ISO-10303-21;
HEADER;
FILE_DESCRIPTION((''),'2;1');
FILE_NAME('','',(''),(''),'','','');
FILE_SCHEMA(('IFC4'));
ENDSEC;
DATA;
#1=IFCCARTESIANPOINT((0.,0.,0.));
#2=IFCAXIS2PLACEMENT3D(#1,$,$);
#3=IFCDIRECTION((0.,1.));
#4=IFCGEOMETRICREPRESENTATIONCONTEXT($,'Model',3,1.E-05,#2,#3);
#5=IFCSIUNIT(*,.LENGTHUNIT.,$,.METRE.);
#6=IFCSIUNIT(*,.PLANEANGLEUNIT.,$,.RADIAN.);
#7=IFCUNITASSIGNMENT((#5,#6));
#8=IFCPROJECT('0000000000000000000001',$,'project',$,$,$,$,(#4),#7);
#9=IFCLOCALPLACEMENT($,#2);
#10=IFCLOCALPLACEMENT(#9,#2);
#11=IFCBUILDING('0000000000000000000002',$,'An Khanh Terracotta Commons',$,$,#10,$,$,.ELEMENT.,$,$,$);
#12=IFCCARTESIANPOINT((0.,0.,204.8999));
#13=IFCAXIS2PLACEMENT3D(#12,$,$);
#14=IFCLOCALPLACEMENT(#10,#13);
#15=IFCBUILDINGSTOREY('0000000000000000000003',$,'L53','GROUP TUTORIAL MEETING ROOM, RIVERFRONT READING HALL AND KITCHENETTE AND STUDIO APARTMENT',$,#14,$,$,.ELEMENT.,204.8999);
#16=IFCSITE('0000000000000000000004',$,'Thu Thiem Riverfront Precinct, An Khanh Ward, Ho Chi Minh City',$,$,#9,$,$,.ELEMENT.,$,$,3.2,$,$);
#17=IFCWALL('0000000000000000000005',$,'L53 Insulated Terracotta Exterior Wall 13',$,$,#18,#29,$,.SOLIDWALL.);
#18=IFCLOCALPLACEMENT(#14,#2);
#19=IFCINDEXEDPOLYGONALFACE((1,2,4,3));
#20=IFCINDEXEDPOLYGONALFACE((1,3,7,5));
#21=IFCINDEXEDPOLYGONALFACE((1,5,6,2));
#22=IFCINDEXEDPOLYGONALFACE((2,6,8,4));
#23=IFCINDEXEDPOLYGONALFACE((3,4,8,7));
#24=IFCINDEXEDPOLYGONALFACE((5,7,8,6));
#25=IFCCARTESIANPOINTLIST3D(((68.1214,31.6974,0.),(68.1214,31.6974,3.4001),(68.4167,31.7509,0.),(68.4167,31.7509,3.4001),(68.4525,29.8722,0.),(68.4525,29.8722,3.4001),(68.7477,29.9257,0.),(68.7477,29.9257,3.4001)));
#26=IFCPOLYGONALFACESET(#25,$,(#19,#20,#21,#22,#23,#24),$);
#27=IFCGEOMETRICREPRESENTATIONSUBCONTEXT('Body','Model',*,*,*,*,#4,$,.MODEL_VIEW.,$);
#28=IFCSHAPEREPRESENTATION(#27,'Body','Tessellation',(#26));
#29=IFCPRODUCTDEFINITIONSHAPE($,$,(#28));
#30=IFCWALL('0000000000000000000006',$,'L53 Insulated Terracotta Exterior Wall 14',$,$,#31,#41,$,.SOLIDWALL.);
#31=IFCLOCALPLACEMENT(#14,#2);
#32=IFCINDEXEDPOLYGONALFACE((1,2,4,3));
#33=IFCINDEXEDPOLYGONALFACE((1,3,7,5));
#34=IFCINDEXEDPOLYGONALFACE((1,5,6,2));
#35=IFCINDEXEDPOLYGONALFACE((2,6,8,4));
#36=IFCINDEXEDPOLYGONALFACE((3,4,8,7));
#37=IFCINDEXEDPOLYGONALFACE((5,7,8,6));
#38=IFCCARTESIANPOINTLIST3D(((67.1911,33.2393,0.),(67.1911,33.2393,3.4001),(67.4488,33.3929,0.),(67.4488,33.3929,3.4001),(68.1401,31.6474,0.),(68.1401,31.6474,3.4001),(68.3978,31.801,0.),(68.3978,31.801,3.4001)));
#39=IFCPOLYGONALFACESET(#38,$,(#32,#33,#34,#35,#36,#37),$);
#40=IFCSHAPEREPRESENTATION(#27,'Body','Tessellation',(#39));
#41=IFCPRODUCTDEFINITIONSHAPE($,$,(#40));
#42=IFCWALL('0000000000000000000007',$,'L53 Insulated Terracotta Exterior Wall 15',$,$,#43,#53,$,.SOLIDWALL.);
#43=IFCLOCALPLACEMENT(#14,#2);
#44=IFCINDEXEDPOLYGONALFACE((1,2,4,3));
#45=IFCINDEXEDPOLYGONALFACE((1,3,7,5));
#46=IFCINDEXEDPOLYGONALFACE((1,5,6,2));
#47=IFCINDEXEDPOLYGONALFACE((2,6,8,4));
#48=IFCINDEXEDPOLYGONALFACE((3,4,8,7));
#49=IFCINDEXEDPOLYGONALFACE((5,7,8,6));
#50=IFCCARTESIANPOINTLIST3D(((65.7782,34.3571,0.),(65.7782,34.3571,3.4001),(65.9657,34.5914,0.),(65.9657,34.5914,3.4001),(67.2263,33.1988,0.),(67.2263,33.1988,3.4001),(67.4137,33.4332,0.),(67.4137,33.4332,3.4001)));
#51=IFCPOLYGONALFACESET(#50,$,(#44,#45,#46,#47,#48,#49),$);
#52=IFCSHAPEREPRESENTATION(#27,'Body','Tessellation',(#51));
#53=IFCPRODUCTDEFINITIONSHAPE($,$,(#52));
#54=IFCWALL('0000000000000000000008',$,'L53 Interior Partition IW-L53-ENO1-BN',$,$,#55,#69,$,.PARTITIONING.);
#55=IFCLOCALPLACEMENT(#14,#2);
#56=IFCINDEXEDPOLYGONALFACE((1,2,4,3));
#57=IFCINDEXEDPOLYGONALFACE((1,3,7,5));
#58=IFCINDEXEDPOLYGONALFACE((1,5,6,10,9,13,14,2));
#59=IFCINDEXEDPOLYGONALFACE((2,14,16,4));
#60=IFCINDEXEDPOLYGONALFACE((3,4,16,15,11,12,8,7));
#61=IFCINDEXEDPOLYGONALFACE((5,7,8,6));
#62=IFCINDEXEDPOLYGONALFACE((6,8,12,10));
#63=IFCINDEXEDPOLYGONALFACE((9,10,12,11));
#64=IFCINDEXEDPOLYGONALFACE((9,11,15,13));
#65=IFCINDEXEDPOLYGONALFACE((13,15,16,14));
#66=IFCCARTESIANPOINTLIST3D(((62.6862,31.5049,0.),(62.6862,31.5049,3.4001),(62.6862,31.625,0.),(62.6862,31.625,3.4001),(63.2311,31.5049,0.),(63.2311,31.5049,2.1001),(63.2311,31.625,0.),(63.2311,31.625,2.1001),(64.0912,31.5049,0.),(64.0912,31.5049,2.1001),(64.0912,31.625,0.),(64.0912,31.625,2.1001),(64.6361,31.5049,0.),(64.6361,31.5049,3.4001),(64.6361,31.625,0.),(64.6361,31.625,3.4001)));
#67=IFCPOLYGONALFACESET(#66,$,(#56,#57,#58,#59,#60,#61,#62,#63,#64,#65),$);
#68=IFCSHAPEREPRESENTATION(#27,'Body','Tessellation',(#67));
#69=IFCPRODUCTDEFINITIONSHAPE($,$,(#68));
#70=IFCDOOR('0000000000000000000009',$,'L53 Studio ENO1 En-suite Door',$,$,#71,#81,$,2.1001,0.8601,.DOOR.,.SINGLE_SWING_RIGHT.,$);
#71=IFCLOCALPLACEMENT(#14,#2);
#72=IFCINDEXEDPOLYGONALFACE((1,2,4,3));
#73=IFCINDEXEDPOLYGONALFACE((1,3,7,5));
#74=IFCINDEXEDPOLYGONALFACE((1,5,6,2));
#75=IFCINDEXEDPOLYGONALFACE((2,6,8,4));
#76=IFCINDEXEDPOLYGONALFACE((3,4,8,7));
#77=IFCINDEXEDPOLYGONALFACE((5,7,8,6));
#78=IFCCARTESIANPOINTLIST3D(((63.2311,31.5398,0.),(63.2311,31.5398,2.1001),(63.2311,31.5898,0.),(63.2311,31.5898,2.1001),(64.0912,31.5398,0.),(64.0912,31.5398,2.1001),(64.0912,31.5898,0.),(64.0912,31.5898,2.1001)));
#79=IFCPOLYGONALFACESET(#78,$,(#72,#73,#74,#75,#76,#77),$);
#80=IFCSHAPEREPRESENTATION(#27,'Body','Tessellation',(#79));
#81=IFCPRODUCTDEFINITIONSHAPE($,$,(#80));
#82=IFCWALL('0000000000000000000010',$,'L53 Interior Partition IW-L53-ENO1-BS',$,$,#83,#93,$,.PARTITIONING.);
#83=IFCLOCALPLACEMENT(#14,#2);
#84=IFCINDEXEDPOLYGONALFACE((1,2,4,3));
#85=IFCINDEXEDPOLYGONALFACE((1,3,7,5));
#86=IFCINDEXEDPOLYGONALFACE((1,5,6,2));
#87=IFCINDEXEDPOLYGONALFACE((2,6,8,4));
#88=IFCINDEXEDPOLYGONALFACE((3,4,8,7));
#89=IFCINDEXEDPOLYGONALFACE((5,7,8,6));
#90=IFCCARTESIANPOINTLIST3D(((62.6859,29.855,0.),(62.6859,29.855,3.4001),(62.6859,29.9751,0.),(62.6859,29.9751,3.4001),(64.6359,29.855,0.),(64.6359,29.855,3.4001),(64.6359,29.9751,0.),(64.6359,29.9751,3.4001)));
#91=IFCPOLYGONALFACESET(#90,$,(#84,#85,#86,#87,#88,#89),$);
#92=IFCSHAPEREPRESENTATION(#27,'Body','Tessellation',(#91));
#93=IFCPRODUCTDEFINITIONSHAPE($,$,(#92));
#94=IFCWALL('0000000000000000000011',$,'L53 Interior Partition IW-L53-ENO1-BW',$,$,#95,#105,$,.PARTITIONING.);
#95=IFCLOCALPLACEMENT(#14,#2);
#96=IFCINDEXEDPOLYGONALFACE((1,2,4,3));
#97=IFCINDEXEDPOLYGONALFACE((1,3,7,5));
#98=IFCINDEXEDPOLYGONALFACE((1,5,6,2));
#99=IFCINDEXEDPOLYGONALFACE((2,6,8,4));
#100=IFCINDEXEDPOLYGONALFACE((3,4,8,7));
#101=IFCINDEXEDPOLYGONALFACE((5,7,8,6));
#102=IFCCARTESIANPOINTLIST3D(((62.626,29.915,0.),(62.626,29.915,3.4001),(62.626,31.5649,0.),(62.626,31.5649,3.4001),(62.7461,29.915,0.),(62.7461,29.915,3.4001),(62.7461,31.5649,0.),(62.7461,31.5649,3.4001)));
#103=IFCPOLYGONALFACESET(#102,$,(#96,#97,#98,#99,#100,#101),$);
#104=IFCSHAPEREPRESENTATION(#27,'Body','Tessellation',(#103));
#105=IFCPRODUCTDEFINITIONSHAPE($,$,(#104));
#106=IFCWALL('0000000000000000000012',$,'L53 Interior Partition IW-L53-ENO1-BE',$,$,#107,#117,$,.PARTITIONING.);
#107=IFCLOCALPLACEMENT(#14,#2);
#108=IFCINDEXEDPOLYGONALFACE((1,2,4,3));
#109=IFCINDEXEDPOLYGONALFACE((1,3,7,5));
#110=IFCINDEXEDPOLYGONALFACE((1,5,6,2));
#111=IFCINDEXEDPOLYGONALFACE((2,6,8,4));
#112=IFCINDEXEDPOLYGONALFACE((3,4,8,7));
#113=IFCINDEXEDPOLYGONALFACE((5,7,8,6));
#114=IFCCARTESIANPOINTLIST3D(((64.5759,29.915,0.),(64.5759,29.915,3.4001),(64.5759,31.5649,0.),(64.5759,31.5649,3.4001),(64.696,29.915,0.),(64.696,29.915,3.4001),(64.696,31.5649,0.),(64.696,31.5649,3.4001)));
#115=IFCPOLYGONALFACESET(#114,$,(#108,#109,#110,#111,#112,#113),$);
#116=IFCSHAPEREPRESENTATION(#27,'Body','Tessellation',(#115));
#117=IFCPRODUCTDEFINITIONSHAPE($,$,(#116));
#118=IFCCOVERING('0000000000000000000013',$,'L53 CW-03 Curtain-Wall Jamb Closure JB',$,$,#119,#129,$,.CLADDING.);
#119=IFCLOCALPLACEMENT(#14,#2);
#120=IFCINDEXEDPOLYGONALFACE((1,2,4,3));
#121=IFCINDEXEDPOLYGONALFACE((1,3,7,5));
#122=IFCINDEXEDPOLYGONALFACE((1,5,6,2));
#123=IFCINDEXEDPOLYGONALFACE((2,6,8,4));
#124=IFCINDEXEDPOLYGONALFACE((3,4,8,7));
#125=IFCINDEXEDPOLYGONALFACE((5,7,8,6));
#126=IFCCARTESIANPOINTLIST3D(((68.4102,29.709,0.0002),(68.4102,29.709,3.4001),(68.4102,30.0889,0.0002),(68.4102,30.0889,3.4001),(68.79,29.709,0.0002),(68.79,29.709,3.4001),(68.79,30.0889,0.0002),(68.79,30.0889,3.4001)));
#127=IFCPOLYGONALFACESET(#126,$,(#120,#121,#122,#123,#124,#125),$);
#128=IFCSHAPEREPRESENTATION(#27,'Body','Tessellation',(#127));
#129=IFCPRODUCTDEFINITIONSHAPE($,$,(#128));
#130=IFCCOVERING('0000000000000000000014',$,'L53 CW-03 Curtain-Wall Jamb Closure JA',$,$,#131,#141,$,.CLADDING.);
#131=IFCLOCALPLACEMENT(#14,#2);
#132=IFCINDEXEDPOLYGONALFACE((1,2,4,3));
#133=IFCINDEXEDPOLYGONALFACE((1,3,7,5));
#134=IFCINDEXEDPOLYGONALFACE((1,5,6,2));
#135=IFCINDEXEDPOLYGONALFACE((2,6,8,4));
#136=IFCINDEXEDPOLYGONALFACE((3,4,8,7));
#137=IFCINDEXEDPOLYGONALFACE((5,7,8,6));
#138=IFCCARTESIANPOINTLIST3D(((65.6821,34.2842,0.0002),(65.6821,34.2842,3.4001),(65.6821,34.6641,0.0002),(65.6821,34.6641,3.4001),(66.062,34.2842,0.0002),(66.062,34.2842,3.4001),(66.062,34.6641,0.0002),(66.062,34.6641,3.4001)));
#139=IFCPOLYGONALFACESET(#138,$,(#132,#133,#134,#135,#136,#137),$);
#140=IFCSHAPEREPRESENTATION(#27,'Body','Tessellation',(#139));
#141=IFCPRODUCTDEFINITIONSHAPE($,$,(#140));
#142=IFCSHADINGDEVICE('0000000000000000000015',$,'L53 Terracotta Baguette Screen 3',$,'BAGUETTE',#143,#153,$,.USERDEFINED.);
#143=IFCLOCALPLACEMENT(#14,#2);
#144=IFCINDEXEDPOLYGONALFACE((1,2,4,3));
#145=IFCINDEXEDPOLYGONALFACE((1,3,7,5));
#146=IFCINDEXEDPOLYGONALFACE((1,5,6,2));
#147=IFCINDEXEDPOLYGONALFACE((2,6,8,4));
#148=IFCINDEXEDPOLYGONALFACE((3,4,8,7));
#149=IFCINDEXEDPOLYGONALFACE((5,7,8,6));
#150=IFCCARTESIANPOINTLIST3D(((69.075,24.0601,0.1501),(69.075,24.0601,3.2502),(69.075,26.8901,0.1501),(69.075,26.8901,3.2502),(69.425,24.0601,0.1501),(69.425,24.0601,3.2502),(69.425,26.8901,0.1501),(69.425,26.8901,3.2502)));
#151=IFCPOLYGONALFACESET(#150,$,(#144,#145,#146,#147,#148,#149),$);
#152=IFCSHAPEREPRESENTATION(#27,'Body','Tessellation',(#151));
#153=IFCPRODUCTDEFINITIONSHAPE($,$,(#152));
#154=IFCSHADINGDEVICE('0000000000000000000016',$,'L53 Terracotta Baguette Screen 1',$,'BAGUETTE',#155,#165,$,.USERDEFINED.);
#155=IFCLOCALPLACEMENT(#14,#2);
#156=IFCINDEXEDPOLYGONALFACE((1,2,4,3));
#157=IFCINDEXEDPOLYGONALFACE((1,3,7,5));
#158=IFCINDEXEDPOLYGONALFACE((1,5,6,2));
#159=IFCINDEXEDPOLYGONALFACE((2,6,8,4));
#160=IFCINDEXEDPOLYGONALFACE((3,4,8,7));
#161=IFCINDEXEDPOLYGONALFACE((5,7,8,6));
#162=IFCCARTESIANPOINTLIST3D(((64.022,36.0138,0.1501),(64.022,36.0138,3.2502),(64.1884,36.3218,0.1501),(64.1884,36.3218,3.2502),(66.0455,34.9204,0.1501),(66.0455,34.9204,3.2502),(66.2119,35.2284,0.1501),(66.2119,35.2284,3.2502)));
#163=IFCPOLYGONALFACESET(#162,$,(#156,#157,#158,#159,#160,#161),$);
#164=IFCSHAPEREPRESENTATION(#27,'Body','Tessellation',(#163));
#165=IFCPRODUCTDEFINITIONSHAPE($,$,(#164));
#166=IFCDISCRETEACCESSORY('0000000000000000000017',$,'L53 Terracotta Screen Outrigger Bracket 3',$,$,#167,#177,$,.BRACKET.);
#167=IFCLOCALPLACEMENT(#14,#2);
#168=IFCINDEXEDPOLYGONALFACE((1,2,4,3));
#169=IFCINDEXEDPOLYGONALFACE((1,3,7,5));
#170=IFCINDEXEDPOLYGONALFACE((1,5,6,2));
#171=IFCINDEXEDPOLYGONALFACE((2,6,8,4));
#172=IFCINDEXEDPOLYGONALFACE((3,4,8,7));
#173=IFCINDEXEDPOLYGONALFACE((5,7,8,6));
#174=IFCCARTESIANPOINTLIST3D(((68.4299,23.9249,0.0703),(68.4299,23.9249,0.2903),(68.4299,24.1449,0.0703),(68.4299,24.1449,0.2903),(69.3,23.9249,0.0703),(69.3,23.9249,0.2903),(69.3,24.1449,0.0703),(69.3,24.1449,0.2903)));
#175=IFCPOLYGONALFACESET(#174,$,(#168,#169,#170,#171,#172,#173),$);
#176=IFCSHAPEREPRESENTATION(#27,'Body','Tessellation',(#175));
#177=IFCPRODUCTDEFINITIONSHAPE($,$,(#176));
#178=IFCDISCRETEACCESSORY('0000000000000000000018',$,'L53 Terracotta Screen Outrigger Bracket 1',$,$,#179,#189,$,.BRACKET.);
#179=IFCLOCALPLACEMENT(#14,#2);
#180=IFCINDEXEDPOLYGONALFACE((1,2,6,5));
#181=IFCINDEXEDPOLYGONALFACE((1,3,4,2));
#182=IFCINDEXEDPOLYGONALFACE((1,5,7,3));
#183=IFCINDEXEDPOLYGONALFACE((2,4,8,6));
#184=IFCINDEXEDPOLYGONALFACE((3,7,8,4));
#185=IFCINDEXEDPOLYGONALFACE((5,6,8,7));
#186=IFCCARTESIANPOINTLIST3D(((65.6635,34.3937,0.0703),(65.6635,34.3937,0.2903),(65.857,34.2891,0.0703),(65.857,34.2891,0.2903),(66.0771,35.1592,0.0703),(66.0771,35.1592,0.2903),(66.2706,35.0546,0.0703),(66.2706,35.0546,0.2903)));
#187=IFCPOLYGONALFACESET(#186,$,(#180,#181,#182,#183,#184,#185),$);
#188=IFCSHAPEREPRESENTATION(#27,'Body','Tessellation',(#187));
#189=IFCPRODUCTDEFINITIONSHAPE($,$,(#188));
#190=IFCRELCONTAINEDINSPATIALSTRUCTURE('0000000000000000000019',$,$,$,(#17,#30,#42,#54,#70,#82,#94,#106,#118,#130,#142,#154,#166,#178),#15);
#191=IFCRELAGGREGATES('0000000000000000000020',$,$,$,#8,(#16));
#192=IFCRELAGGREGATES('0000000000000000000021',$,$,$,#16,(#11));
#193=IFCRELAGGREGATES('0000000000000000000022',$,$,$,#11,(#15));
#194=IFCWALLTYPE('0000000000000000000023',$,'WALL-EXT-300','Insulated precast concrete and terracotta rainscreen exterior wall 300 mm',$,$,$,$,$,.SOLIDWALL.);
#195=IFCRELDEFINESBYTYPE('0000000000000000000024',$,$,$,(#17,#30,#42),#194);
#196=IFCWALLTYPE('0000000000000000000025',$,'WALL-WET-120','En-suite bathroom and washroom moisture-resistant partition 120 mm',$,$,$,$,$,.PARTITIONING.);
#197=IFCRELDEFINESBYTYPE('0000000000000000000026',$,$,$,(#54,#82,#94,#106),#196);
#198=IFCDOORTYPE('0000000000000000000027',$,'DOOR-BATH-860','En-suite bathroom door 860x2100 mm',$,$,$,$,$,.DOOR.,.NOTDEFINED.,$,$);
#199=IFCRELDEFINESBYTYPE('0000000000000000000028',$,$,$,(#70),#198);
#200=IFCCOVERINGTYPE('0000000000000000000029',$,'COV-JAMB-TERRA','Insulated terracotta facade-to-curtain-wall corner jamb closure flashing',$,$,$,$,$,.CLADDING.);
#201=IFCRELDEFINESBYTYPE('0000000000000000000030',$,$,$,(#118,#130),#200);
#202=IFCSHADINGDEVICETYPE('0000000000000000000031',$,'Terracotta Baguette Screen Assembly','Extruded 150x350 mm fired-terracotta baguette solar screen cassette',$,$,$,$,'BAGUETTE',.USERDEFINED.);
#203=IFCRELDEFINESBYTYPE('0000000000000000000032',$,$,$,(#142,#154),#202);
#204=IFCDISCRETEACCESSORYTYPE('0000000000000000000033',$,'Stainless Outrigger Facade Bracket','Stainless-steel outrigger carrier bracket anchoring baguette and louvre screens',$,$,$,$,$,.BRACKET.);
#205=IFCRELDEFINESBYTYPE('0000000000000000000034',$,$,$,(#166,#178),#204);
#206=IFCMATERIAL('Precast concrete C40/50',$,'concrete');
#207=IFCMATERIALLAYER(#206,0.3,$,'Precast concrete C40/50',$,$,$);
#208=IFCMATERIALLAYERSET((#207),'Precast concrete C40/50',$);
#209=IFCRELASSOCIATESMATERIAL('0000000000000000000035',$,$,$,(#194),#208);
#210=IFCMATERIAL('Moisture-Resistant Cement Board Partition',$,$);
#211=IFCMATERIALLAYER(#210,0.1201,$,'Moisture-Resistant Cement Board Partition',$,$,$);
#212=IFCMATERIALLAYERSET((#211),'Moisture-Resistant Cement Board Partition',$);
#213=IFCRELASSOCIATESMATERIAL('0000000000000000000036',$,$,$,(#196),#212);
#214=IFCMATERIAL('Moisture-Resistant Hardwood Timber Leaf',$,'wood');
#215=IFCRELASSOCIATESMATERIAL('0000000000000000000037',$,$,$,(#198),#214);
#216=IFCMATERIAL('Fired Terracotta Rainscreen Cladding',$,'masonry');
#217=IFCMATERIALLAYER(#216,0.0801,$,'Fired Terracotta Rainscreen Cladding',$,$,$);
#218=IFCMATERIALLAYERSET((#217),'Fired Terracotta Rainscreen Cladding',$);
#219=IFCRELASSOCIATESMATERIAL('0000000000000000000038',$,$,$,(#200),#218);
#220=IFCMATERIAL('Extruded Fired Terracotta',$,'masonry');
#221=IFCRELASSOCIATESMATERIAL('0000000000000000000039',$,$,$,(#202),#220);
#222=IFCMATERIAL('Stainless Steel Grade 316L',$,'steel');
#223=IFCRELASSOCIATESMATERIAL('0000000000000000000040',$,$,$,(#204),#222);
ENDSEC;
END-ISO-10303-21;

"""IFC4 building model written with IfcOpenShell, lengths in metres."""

from ifc_helpers import new_model, si_unit, direction, frame, frame_2d, origin, origin_2d, place, context, subcontext, project, spatial, rectangle, extrude, material, layer, layer_set, type_object, element, fill, save


model = new_model("IFC4")

# Units and contexts
model_context = context("Model", 3, precision=1e-05, world=origin(), true_north=direction((0.0, 1.0)))
body_context = subcontext(model_context, "Body", "Model", "MODEL_VIEW")
ifc_project = project(units=[si_unit("LENGTHUNIT", "METRE"), si_unit("PLANEANGLEUNIT", "RADIAN")], contexts=[model_context])

# Site, building, storey
site_placement = place(None, origin())
site = spatial("IfcSite", under=ifc_project, at=site_placement, Name="Thu Thiem Riverfront Precinct, An Khanh Ward, Ho Chi Minh City", CompositionType="ELEMENT", RefElevation=3.2)
building_placement = place(site_placement, origin())
building = spatial("IfcBuilding", under=site, at=building_placement, Name="An Khanh Terracotta Commons", CompositionType="ELEMENT")
storey_placement = place(building_placement, frame((0.0, 0.0, 204.8999)))
storey = spatial("IfcBuildingStorey", under=building, at=storey_placement, Name="L53", Description="GROUP TUTORIAL MEETING ROOM, RIVERFRONT READING HALL AND KITCHENETTE AND STUDIO APARTMENT", CompositionType="ELEMENT", Elevation=204.8999)

# Walls
ifc_material_1 = material(Name="Precast concrete C40/50", Category="concrete")
ifc_layer_1 = layer(ifc_material_1, 0.3, Name="Precast concrete C40/50")
ifc_layer_set_1 = layer_set([ifc_layer_1], Name="Precast concrete C40/50")
wall_type_1 = type_object("IfcWallType", Name="WALL-EXT-300", Description="Insulated precast concrete and terracotta rainscreen exterior wall 300 mm", PredefinedType="SOLIDWALL", material=ifc_layer_set_1)
wall_1_placement = place(storey_placement, frame((68.6001, 29.8989, 0.0), z_axis=(0.0, 0.0, 1.0), x_axis=(-0.178468, 0.983946, 0.0)))
element("IfcWall", 1, at=wall_1_placement, inside=storey, type_object=wall_type_1, Name="L53 Insulated Terracotta Exterior Wall 13", PredefinedType="SOLIDWALL", context=body_context, shape_type="SweptSolid", body=[
    extrude(rectangle(XDim=1.855, YDim=0.3, at=frame_2d((0.9275, 0.0))), origin(), (0.0, 0.0, 1.0), 3.4001),
])
wall_2_placement = place(storey_placement, frame((68.269, 31.7241, 0.0), z_axis=(0.0, 0.0, 1.0), x_axis=(-0.512072, 0.858943, 0.0)))
element("IfcWall", 2, at=wall_2_placement, inside=storey, type_object=wall_type_1, Name="L53 Insulated Terracotta Exterior Wall 14", PredefinedType="SOLIDWALL", context=body_context, shape_type="SweptSolid", body=[
    extrude(rectangle(XDim=1.8533, YDim=0.3, at=frame_2d((0.9268, 0.0))), origin(), (0.0, 0.0, 1.0), 3.4001),
])
wall_3_placement = place(storey_placement, frame((67.3201, 33.3159, 0.0), z_axis=(0.0, 0.0, 1.0), x_axis=(-0.78092, 0.624631, 0.0)))
element("IfcWall", 3, at=wall_3_placement, inside=storey, type_object=wall_type_1, Name="L53 Insulated Terracotta Exterior Wall 15", PredefinedType="SOLIDWALL", context=body_context, shape_type="SweptSolid", body=[
    extrude(rectangle(XDim=1.8542, YDim=0.3, at=frame_2d((0.9272, 0.0))), origin(), (0.0, 0.0, 1.0), 3.4001),
])

# Wall, opening, door
ifc_material_2 = material(Name="Moisture-Resistant Cement Board Partition")
ifc_layer_2 = layer(ifc_material_2, 0.1201, Name="Moisture-Resistant Cement Board Partition")
ifc_layer_set_2 = layer_set([ifc_layer_2], Name="Moisture-Resistant Cement Board Partition")
wall_type_2 = type_object("IfcWallType", Name="WALL-WET-120", Description="En-suite bathroom and washroom moisture-resistant partition 120 mm", PredefinedType="PARTITIONING", material=ifc_layer_set_2)
wall_4_placement = place(storey_placement, frame((62.686, 31.5649, 0.0), z_axis=(0.0, 0.0, 1.0), x_axis=(1.0, 0.0, 0.0)))
wall_4 = element("IfcWall", 4, at=wall_4_placement, inside=storey, type_object=wall_type_2, Name="L53 Interior Partition IW-L53-ENO1-BN", PredefinedType="PARTITIONING", context=body_context, shape_type="SweptSolid", body=[
    extrude(rectangle(XDim=1.95, YDim=0.1201, at=frame_2d((0.9751, 0.0))), origin(), (0.0, 0.0, 1.0), 3.4001),
])
opening_placement = place(wall_4_placement, frame((0.5449, 0.0, 0.0)))
opening = element("IfcOpeningElement", 5, at=opening_placement, cuts=wall_4, PredefinedType="OPENING", context=body_context, shape_type="SweptSolid", body=[
    extrude(rectangle(XDim=0.8601, YDim=2.1001, at=frame_2d((0.4302, 1.05))), frame((0.0, 0.0701, 0.0), z_axis=(0.0, -1.0, 0.0), x_axis=(1.0, 0.0, 0.0)), (0.0, 0.0, 1.0), 0.1401),
])
ifc_material_3 = material(Name="Moisture-Resistant Hardwood Timber Leaf", Category="wood")
door_type = type_object("IfcDoorType", Name="DOOR-BATH-860", Description="En-suite bathroom door 860x2100 mm", OperationType="NOTDEFINED", PredefinedType="DOOR", material=ifc_material_3)
door_placement = place(opening_placement, origin())
door = element("IfcDoor", 6, at=door_placement, inside=storey, type_object=door_type, Name="L53 Studio ENO1 En-suite Door", OperationType="SINGLE_SWING_RIGHT", OverallHeight=2.1001, OverallWidth=0.8601, PredefinedType="DOOR", context=body_context, shape_type="SweptSolid", body=[
    extrude(rectangle(XDim=0.8601, YDim=2.1001, at=frame_2d((0.4302, 1.05))), frame((0.0, 0.0249, 0.0), z_axis=(0.0, -1.0, 0.0), x_axis=(1.0, 0.0, 0.0)), (0.0, 0.0, 1.0), 0.05),
])
fill(opening, door)

# Walls
wall_5_placement = place(storey_placement, frame((64.636, 29.915, 0.0), z_axis=(0.0, 0.0, 1.0), x_axis=(-1.0, 0.0, 0.0)))
element("IfcWall", 7, at=wall_5_placement, inside=storey, type_object=wall_type_2, Name="L53 Interior Partition IW-L53-ENO1-BS", PredefinedType="PARTITIONING", context=body_context, shape_type="SweptSolid", body=[
    extrude(rectangle(XDim=1.95, YDim=0.1201, at=frame_2d((0.9751, 0.0))), origin(), (0.0, 0.0, 1.0), 3.4001),
])
for number, where, z_axis, x_axis, name in (
    (8, (62.686, 31.5649, 0.0), (0.0, 0.0, 1.0), (0.0, -1.0, 0.0), "L53 Interior Partition IW-L53-ENO1-BW"),
    (9, (64.636, 29.915, 0.0), (0.0, 0.0, 1.0), (0.0, 1.0, 0.0), "L53 Interior Partition IW-L53-ENO1-BE"),
):
    element("IfcWall", number, at=place(storey_placement, frame(where, z_axis=z_axis, x_axis=x_axis)), inside=storey, type_object=wall_type_2, Name=name, PredefinedType="PARTITIONING", context=body_context, shape_type="SweptSolid", body=[
        extrude(rectangle(XDim=1.6499, YDim=0.1201, at=frame_2d((0.825, 0.0))), origin(), (0.0, 0.0, 1.0), 3.4001),
    ])

# Coverings
ifc_material_4 = material(Name="Fired Terracotta Rainscreen Cladding", Category="masonry")
ifc_layer_3 = layer(ifc_material_4, 0.0801, Name="Fired Terracotta Rainscreen Cladding")
ifc_layer_set_3 = layer_set([ifc_layer_3], Name="Fired Terracotta Rainscreen Cladding")
covering_type = type_object("IfcCoveringType", Name="COV-JAMB-TERRA", Description="Insulated terracotta facade-to-curtain-wall corner jamb closure flashing", PredefinedType="CLADDING", material=ifc_layer_set_3)
for number, where, z_axis, x_axis, name in (
    (10, (68.6001, 29.8989, 0.0002), (0.0, 0.0, 1.0), (1.0, 0.0, 0.0), "L53 CW-03 Curtain-Wall Jamb Closure JB"),
    (11, (65.8721, 34.4741, 0.0002), (0.0, 0.0, 1.0), (1.0, 0.0, 0.0), "L53 CW-03 Curtain-Wall Jamb Closure JA"),
):
    element("IfcCovering", number, at=place(storey_placement, frame(where, z_axis=z_axis, x_axis=x_axis)), inside=storey, type_object=covering_type, Name=name, PredefinedType="CLADDING", context=body_context, shape_type="SweptSolid", body=[
        extrude(rectangle(XDim=0.3799, YDim=0.3799, at=origin_2d()), origin(), (0.0, 0.0, 1.0), 3.3999),
    ])

# Shading devices
ifc_material_5 = material(Name="Extruded Fired Terracotta", Category="masonry")
shading_device_type = type_object("IfcShadingDeviceType", Name="Terracotta Baguette Screen Assembly", Description="Extruded 150x350 mm fired-terracotta baguette solar screen cassette", ElementType="BAGUETTE", PredefinedType="USERDEFINED", material=ifc_material_5)
shading_device_1_placement = place(storey_placement, frame((69.25, 25.4751, 0.1501), z_axis=(0.0, 0.0, 1.0), x_axis=(0.0, 1.0, 0.0)))
element("IfcShadingDevice", 12, at=shading_device_1_placement, inside=storey, type_object=shading_device_type, Name="L53 Terracotta Baguette Screen 3", ObjectType="BAGUETTE", PredefinedType="USERDEFINED", context=body_context, shape_type="SweptSolid", body=[
    extrude(rectangle(XDim=2.8301, YDim=0.3501, at=origin_2d()), origin(), (0.0, 0.0, 1.0), 3.1001),
])
shading_device_2_placement = place(storey_placement, frame((65.1169, 35.6211, 0.1501), z_axis=(0.0, 0.0, 1.0), x_axis=(-0.87978, 0.475381, 0.0)))
element("IfcShadingDevice", 13, at=shading_device_2_placement, inside=storey, type_object=shading_device_type, Name="L53 Terracotta Baguette Screen 1", ObjectType="BAGUETTE", PredefinedType="USERDEFINED", context=body_context, shape_type="SweptSolid", body=[
    extrude(rectangle(XDim=2.3, YDim=0.3501, at=origin_2d()), origin(), (0.0, 0.0, 1.0), 3.1001),
])

# Discrete accessories
ifc_material_6 = material(Name="Stainless Steel Grade 316L", Category="steel")
discrete_accessory_type = type_object("IfcDiscreteAccessoryType", Name="Stainless Outrigger Facade Bracket", Description="Stainless-steel outrigger carrier bracket anchoring baguette and louvre screens", PredefinedType="BRACKET", material=ifc_material_6)
for number, where, z_axis, x_axis, name in (
    (14, (68.865, 24.0349, 0.0703), (0.0, 0.0, 1.0), (0.0, 1.0, 0.0), "L53 Terracotta Screen Outrigger Bracket 3"),
    (15, (65.967, 34.7241, 0.0703), (0.0, 0.0, 1.0), (-0.87978, 0.475381, 0.0), "L53 Terracotta Screen Outrigger Bracket 1"),
):
    element("IfcDiscreteAccessory", number, at=place(storey_placement, frame(where, z_axis=z_axis, x_axis=x_axis)), inside=storey, type_object=discrete_accessory_type, Name=name, PredefinedType="BRACKET", context=body_context, shape_type="SweptSolid", body=[
        extrude(rectangle(XDim=0.22, YDim=0.8701, at=origin_2d()), origin(), (0.0, 0.0, 1.0), 0.22),
    ])

save(model, "model.ifc")
